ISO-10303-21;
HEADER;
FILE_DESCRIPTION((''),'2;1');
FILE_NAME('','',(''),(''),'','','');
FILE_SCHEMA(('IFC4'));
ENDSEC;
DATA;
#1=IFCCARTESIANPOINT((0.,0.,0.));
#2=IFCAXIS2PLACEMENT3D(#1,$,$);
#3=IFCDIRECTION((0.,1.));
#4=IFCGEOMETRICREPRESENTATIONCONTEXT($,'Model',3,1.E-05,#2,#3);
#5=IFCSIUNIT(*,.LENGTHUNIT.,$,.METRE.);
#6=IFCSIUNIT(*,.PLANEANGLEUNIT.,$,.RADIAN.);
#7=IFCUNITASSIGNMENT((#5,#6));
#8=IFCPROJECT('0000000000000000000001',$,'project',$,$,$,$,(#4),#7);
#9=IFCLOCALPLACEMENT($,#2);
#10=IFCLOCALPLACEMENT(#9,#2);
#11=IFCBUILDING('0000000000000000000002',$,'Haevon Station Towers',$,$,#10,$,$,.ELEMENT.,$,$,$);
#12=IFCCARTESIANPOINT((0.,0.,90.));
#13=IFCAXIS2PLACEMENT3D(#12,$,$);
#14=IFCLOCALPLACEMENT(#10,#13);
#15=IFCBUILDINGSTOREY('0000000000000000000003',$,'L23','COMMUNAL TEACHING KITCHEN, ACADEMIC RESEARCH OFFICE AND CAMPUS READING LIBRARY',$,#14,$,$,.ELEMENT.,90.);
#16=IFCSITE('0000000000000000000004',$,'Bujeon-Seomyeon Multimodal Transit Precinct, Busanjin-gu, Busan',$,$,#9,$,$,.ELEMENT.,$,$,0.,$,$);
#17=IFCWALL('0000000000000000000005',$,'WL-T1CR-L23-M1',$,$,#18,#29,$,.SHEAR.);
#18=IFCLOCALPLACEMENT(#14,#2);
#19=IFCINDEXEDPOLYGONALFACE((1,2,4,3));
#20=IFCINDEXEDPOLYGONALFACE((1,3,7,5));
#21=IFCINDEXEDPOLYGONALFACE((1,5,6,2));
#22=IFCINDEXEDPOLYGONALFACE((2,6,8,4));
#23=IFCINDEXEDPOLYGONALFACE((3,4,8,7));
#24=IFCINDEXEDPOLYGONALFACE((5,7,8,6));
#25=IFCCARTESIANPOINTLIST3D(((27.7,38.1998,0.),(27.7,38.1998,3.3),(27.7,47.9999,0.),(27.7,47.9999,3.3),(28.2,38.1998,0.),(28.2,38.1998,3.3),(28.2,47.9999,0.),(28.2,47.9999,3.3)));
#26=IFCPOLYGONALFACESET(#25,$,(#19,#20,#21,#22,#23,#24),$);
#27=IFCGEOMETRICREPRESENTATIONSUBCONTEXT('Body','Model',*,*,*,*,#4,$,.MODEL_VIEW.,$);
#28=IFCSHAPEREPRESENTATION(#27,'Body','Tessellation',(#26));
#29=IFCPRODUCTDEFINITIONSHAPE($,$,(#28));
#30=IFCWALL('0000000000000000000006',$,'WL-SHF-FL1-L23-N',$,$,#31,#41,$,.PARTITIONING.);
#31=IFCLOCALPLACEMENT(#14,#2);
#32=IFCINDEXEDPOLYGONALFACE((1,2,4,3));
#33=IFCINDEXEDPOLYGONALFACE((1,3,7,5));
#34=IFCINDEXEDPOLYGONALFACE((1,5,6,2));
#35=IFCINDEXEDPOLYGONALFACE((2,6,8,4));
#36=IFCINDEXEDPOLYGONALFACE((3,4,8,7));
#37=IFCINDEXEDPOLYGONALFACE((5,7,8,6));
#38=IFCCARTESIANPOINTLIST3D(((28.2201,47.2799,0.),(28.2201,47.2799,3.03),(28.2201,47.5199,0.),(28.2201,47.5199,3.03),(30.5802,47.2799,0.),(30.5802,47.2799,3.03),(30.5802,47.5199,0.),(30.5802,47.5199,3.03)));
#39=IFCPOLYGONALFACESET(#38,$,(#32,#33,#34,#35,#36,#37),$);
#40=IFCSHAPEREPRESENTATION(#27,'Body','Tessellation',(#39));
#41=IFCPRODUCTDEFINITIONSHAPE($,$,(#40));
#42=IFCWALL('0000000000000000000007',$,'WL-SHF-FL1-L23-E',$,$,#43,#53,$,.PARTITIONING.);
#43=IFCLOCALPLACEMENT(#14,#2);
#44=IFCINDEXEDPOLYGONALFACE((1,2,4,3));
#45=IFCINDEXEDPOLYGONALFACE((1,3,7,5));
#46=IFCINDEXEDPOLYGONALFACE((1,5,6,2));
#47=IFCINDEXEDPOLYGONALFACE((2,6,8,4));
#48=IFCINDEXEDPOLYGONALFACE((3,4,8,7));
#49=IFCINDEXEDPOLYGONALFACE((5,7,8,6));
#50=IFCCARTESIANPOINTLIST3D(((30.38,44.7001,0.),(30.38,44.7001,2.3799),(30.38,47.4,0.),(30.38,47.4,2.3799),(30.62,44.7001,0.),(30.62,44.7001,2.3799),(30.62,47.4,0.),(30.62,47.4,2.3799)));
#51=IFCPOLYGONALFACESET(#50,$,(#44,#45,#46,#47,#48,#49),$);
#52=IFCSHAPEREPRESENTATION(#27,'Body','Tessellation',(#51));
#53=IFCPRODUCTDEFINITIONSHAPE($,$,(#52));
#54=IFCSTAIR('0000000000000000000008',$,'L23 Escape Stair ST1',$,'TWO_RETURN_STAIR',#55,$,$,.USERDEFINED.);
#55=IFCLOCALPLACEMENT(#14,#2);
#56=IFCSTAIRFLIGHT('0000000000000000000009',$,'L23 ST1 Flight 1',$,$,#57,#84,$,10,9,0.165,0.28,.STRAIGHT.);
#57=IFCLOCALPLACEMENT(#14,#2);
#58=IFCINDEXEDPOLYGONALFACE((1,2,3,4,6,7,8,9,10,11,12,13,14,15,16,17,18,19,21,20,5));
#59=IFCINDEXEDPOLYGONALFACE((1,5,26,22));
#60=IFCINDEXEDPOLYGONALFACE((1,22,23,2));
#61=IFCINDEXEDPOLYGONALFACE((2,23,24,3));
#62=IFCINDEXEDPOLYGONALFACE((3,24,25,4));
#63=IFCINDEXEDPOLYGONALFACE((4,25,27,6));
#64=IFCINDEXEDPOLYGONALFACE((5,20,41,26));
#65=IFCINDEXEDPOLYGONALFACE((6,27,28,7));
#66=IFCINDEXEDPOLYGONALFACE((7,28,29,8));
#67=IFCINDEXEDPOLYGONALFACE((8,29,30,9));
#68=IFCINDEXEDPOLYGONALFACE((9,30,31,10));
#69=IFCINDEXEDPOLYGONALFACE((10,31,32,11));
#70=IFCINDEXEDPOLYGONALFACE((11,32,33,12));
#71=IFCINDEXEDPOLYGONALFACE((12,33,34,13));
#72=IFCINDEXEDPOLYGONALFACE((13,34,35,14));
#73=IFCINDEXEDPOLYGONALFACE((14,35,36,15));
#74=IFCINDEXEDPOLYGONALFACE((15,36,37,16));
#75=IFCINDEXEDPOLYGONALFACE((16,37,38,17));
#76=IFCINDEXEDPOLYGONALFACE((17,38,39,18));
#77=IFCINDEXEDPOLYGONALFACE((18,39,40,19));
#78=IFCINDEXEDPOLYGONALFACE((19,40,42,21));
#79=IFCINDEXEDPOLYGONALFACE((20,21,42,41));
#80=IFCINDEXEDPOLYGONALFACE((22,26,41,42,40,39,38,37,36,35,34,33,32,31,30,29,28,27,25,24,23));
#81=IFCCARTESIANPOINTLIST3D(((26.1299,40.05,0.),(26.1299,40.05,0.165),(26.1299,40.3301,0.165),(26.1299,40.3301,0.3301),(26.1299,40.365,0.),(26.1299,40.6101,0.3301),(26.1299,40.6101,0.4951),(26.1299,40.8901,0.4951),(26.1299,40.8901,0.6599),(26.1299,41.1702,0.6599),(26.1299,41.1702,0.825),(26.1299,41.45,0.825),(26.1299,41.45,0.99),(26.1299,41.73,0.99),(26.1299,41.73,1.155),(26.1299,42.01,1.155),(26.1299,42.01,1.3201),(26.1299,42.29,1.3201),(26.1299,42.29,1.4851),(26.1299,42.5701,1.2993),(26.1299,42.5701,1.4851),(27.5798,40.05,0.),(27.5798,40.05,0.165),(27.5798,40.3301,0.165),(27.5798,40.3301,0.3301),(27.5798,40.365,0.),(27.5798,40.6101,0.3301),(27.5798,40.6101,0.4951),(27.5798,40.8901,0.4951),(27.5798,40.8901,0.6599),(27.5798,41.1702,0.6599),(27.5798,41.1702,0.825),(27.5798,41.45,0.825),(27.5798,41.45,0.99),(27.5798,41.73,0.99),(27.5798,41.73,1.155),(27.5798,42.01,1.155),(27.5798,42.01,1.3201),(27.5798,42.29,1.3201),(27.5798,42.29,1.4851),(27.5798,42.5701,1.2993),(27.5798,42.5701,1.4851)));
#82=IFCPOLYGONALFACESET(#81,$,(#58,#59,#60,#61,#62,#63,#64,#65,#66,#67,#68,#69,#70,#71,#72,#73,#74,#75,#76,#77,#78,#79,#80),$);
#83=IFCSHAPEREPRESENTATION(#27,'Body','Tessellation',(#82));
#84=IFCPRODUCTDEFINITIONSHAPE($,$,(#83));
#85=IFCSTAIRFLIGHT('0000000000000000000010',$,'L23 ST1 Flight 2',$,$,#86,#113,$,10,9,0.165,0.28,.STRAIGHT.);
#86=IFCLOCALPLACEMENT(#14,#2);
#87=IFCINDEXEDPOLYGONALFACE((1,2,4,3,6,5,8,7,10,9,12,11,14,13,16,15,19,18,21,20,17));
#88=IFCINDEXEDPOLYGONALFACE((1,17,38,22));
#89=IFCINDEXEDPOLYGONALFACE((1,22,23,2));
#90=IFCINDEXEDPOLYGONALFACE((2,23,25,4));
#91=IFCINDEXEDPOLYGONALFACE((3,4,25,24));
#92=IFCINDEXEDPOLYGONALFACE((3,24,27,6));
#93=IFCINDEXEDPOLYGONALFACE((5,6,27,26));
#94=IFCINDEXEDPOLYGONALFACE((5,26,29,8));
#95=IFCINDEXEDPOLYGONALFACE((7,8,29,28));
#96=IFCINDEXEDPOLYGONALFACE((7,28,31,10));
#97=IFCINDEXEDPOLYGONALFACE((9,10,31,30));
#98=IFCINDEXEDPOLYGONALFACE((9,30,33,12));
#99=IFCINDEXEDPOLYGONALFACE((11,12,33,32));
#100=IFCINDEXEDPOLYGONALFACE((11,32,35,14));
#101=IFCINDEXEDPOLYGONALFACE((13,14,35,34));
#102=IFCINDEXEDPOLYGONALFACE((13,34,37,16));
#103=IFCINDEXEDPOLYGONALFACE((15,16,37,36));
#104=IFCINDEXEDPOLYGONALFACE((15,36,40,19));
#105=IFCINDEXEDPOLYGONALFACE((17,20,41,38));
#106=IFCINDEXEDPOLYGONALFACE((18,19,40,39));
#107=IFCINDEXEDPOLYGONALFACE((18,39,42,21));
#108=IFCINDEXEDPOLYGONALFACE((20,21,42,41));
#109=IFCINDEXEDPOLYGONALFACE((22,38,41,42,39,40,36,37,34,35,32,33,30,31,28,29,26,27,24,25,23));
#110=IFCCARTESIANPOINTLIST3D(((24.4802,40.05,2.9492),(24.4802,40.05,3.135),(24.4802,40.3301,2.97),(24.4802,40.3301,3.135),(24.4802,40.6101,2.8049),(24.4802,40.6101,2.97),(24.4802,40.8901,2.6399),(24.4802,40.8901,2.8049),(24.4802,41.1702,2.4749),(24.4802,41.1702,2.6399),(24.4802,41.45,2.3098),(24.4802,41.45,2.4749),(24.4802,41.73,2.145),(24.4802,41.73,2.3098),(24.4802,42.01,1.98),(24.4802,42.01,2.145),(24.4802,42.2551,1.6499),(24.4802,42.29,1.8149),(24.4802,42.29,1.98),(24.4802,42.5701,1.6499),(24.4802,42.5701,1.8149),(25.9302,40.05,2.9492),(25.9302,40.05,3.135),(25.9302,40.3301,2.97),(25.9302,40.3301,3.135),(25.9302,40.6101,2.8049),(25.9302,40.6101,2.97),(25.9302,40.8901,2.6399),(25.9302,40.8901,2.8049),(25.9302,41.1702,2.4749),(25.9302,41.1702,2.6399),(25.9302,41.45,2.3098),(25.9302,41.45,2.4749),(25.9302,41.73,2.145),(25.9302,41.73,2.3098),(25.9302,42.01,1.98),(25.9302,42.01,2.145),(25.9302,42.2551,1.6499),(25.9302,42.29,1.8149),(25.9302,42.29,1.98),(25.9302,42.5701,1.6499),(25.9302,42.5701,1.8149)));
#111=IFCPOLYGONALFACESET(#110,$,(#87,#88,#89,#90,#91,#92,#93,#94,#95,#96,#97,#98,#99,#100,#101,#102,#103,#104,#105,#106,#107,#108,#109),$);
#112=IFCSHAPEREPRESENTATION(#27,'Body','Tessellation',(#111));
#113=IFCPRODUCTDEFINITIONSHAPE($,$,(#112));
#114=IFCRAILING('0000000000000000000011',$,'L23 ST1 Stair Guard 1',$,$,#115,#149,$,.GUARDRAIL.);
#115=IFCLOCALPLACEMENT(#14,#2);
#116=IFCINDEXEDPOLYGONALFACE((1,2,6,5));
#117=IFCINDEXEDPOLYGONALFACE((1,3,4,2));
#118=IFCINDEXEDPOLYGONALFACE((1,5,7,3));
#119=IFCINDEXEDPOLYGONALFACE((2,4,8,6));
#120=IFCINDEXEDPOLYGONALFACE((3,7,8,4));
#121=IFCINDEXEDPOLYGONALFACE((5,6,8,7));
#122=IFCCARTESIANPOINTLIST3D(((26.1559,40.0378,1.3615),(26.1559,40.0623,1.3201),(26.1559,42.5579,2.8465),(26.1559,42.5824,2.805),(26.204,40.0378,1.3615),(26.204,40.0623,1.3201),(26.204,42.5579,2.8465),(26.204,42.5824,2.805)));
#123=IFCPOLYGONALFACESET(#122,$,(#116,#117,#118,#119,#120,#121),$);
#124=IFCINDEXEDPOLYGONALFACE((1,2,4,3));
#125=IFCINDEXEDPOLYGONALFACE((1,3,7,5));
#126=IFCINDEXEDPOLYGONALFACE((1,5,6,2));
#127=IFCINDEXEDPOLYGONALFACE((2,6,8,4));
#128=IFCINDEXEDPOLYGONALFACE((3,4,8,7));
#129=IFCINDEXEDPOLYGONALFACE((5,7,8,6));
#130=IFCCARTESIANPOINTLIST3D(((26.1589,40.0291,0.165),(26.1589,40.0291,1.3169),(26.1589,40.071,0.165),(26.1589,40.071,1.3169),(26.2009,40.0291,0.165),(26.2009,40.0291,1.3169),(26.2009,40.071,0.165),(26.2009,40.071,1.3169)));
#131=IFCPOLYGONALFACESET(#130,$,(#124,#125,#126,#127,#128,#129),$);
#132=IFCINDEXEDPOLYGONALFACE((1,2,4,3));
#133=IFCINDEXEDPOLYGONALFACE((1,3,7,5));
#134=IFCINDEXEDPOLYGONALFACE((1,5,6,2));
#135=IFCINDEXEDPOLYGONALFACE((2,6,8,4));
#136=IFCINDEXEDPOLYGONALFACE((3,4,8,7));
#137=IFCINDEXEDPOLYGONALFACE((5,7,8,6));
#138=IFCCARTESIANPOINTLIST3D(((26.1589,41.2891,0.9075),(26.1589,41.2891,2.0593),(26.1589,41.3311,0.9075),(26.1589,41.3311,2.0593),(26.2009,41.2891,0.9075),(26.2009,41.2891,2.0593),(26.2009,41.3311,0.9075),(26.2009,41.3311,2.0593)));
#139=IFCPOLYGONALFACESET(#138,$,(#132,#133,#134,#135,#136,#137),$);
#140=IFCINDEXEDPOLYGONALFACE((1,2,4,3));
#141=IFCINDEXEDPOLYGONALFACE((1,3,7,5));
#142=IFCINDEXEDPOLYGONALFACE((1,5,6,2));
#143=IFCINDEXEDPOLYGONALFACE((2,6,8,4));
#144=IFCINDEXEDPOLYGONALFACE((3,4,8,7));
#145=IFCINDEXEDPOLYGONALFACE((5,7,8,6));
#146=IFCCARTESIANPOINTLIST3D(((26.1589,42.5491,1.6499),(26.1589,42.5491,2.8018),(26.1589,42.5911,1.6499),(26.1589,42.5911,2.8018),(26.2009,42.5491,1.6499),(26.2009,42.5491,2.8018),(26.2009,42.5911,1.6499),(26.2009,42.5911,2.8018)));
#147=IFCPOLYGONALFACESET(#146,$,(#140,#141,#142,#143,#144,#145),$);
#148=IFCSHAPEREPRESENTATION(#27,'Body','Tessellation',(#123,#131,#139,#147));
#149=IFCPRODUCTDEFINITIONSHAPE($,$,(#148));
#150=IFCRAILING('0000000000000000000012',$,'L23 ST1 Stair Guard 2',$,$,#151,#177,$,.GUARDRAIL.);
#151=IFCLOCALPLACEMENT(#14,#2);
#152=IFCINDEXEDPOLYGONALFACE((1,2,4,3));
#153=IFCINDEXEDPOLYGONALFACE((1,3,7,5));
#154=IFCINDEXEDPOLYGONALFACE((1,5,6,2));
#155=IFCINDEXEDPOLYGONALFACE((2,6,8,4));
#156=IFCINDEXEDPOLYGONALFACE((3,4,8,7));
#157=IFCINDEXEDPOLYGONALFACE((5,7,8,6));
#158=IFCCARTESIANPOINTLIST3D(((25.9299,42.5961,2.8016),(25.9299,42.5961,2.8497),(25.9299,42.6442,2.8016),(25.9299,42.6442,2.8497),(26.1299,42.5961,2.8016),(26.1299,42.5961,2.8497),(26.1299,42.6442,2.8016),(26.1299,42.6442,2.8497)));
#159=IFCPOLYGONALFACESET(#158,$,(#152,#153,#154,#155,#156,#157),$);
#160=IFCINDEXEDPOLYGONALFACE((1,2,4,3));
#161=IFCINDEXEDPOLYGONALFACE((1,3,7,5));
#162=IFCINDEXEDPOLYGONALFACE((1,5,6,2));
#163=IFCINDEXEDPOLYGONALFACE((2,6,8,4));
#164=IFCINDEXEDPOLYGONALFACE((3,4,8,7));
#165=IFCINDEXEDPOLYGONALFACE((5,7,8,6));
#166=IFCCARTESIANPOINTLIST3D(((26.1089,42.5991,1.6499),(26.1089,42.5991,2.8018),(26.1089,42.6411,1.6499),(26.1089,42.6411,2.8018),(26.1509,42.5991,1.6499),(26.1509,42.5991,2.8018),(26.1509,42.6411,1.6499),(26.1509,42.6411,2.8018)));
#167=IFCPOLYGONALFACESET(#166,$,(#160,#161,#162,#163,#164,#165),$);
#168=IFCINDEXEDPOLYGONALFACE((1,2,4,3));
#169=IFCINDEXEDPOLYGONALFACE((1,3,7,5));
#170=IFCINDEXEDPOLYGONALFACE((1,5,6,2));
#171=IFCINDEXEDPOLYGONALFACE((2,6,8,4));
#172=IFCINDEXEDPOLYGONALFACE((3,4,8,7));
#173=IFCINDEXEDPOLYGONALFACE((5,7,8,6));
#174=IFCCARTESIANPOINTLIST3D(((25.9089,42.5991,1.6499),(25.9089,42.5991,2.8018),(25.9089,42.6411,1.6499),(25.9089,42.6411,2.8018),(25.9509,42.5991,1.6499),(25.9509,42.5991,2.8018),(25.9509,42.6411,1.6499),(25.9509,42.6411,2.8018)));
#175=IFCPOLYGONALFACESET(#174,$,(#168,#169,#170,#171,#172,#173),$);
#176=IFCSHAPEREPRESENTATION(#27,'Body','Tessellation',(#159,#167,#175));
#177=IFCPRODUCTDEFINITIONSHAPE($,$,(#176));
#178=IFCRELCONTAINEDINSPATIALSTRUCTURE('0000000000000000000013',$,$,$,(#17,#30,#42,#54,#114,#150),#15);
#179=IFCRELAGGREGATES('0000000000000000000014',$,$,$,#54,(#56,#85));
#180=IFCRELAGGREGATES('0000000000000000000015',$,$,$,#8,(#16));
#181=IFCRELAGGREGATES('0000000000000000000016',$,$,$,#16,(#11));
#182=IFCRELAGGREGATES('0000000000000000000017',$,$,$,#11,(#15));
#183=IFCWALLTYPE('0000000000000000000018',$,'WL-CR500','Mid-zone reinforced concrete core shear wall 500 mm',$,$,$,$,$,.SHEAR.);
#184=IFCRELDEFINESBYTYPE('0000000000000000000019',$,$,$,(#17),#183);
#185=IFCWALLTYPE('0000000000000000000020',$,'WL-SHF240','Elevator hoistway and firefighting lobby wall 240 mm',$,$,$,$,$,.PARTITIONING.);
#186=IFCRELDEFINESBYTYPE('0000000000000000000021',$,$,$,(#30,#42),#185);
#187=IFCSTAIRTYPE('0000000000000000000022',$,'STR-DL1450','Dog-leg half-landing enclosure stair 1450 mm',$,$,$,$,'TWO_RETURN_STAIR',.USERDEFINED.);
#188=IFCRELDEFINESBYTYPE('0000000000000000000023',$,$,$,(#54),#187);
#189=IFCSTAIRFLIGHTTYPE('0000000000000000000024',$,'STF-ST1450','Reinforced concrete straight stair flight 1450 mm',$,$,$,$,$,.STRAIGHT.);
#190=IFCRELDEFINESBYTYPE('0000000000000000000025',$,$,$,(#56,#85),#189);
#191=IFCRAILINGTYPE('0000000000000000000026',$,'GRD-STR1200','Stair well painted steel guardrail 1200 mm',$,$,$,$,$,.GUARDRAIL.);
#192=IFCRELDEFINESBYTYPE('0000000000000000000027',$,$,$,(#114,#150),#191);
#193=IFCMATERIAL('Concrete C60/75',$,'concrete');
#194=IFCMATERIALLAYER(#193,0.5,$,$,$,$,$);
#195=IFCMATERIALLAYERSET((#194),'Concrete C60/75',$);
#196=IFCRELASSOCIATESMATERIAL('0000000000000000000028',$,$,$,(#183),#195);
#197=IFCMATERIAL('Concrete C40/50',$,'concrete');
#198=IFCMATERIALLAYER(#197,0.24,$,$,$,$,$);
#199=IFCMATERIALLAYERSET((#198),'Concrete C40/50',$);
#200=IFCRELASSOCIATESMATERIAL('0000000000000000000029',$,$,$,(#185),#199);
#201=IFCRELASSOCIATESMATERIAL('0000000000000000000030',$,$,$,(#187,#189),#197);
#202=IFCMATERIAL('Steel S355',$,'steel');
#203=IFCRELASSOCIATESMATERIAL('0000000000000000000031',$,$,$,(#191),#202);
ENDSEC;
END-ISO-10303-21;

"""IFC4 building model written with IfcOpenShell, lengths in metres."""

from ifc_helpers import new_model, si_unit, direction, frame, frame_2d, origin, origin_2d, place, context, subcontext, project, spatial, polyline, rectangle, outline, extrude, material, layer, layer_set, type_object, element, aggregate, save


model = new_model("IFC4")

# Units and contexts
model_context = context("Model", 3, precision=1e-05, world=origin(), true_north=direction((0.0, 1.0)))
body_context = subcontext(model_context, "Body", "Model", "MODEL_VIEW")
ifc_project = project(units=[si_unit("LENGTHUNIT", "METRE"), si_unit("PLANEANGLEUNIT", "RADIAN")], contexts=[model_context])

# Site, building, storey
site_placement = place(None, origin())
site = spatial("IfcSite", under=ifc_project, at=site_placement, Name="Bujeon-Seomyeon Multimodal Transit Precinct, Busanjin-gu, Busan", CompositionType="ELEMENT", RefElevation=0.0)
building_placement = place(site_placement, origin())
building = spatial("IfcBuilding", under=site, at=building_placement, Name="Haevon Station Towers", CompositionType="ELEMENT")
storey_placement = place(building_placement, frame((0.0, 0.0, 90.0)))
storey = spatial("IfcBuildingStorey", under=building, at=storey_placement, Name="L23", Description="COMMUNAL TEACHING KITCHEN, ACADEMIC RESEARCH OFFICE AND CAMPUS READING LIBRARY", CompositionType="ELEMENT", Elevation=90.0)

# Shared definitions
ifc_material_1 = material(Name="Steel S355", Category="steel")

# Wall
ifc_material_2 = material(Name="Concrete C60/75", Category="concrete")
ifc_layer_1 = layer(ifc_material_2, 0.5)
ifc_layer_set_1 = layer_set([ifc_layer_1], Name="Concrete C60/75")
wall_type_1 = type_object("IfcWallType", Name="WL-CR500", Description="Mid-zone reinforced concrete core shear wall 500 mm", PredefinedType="SHEAR", material=ifc_layer_set_1)
wall_1_placement = place(storey_placement, frame((27.95, 38.2, 0.0), z_axis=(0.0, 0.0, 1.0), x_axis=(0.0, 1.0, 0.0)))
element("IfcWall", 1, at=wall_1_placement, inside=storey, type_object=wall_type_1, Name="WL-T1CR-L23-M1", PredefinedType="SHEAR", context=body_context, shape_type="SweptSolid", body=[
    extrude(rectangle(XDim=9.8, YDim=0.5, at=frame_2d((4.8999, 0.0))), origin(), (0.0, 0.0, 1.0), 3.3),
])

# Shared definitions
ifc_material_3 = material(Name="Concrete C40/50", Category="concrete")
ifc_layer_2 = layer(ifc_material_3, 0.24)
ifc_layer_set_2 = layer_set([ifc_layer_2], Name="Concrete C40/50")
wall_type_2 = type_object("IfcWallType", Name="WL-SHF240", Description="Elevator hoistway and firefighting lobby wall 240 mm", PredefinedType="PARTITIONING", material=ifc_layer_set_2)

# Walls
wall_2_placement = place(storey_placement, frame((28.22, 47.3999, 0.0), z_axis=(0.0, 0.0, 1.0), x_axis=(1.0, 0.0, 0.0)))
element("IfcWall", 2, at=wall_2_placement, inside=storey, type_object=wall_type_2, Name="WL-SHF-FL1-L23-N", PredefinedType="PARTITIONING", context=body_context, shape_type="SweptSolid", body=[
    extrude(rectangle(XDim=2.3601, YDim=0.24, at=frame_2d((1.1802, 0.0))), origin(), (0.0, 0.0, 1.0), 3.03),
])
wall_3_placement = place(storey_placement, frame((30.5, 44.7, 0.0), z_axis=(0.0, 0.0, 1.0), x_axis=(0.0, 1.0, 0.0)))
element("IfcWall", 3, at=wall_3_placement, inside=storey, type_object=wall_type_2, Name="WL-SHF-FL1-L23-E", PredefinedType="PARTITIONING", context=body_context, shape_type="SweptSolid", body=[
    extrude(rectangle(XDim=2.7, YDim=0.24, at=frame_2d((1.3501, 0.0))), origin(), (0.0, 0.0, 1.0), 2.3799),
])

# Stair, stair flights
stair_type = type_object("IfcStairType", Name="STR-DL1450", Description="Dog-leg half-landing enclosure stair 1450 mm", ElementType="TWO_RETURN_STAIR", PredefinedType="USERDEFINED", material=ifc_material_3)
stair_placement = place(storey_placement, origin())
stair = element("IfcStair", 4, at=stair_placement, inside=storey, type_object=stair_type, Name="L23 Escape Stair ST1", ObjectType="TWO_RETURN_STAIR", PredefinedType="USERDEFINED")
stair_flight_type = type_object("IfcStairFlightType", Name="STF-ST1450", Description="Reinforced concrete straight stair flight 1450 mm", PredefinedType="STRAIGHT", material=ifc_material_3)
stair_flight_1_placement = place(storey_placement, frame((26.855, 40.05, 0.0), z_axis=(0.0, 0.0, 1.0), x_axis=(0.0, 1.0, 0.0)))
stair_flight_1 = element("IfcStairFlight", 5, at=stair_flight_1_placement, type_object=stair_flight_type, Name="L23 ST1 Flight 1", NumberOfRisers=10, NumberOfTreads=9, PredefinedType="STRAIGHT", RiserHeight=0.165, TreadLength=0.28, context=body_context, shape_type="SweptSolid", body=[
    extrude(outline(polyline([(0.0, 0.0), (0.0, 0.165), (0.28, 0.165), (0.28, 0.3301), (0.5601, 0.3301), (0.5601, 0.4951), (0.8401, 0.4951), (0.8401, 0.6599), (1.1201, 0.6599), (1.1201, 0.825), (1.3999, 0.825), (1.3999, 0.99), (1.6799, 0.99), (1.6799, 1.155), (1.96, 1.155), (1.96, 1.3201), (2.24, 1.3201), (2.24, 1.4851), (2.52, 1.4851), (2.52, 1.6499), (2.52, 1.2993), (0.3149, 0.0), (0.0, 0.0)])), frame((0.0, 0.7251, 0.0), z_axis=(0.0, -1.0, 0.0), x_axis=(1.0, 0.0, 0.0)), (0.0, 0.0, 1.0), 1.45),
])
stair_flight_2_placement = place(storey_placement, frame((25.2051, 42.5701, 1.6499), z_axis=(0.0, 0.0, 1.0), x_axis=(0.0, -1.0, 0.0)))
stair_flight_2 = element("IfcStairFlight", 6, at=stair_flight_2_placement, type_object=stair_flight_type, Name="L23 ST1 Flight 2", NumberOfRisers=10, NumberOfTreads=9, PredefinedType="STRAIGHT", RiserHeight=0.165, TreadLength=0.28, context=body_context, shape_type="SweptSolid", body=[
    extrude(outline(polyline([(0.0, 0.0), (0.0, 0.165), (0.28, 0.165), (0.28, 0.3301), (0.5601, 0.3301), (0.5601, 0.4951), (0.8401, 0.4951), (0.8401, 0.6599), (1.1201, 0.6599), (1.1201, 0.825), (1.3999, 0.825), (1.3999, 0.99), (1.6799, 0.99), (1.6799, 1.155), (1.96, 1.155), (1.96, 1.3201), (2.24, 1.3201), (2.24, 1.4851), (2.52, 1.4851), (2.52, 1.6499), (2.52, 1.2993), (0.3149, 0.0), (0.0, 0.0)])), frame((0.0, 0.7251, 0.0), z_axis=(0.0, -1.0, 0.0), x_axis=(1.0, 0.0, 0.0)), (0.0, 0.0, 1.0), 1.45),
])
aggregate(stair, [stair_flight_1, stair_flight_2])

# Railings
railing_type_1 = type_object("IfcRailingType", Name="GRD-STR1200", Description="Stair well painted steel guardrail 1200 mm", PredefinedType="GUARDRAIL", material=ifc_material_1)
railing_1_placement = place(storey_placement, frame((26.1799, 40.05, 0.165)))
element("IfcRailing", 7, at=railing_1_placement, inside=storey, type_object=railing_type_1, Name="L23 ST1 Stair Guard 1", PredefinedType="GUARDRAIL", context=body_context, shape_type="SweptSolid", body=[
    extrude(rectangle(XDim=0.0481, YDim=0.0481, at=origin_2d()), frame((0.0, 0.0, 1.1758), z_axis=(0.0, 0.861561, 0.507655), x_axis=(-1.0, 0.0, 0.0)), (0.0, 0.0, 1.0), 2.925),
    extrude(rectangle(XDim=0.042, YDim=0.042, at=origin_2d()), origin(), (0.0, 0.0, 1.0), 1.1519),
    extrude(rectangle(XDim=0.042, YDim=0.042, at=origin_2d()), frame((0.0, 1.26, 0.7424)), (0.0, 0.0, 1.0), 1.1519),
    extrude(rectangle(XDim=0.042, YDim=0.042, at=origin_2d()), frame((0.0, 2.52, 1.4849)), (0.0, 0.0, 1.0), 1.1519),
])
railing_2_placement = place(storey_placement, frame((26.1299, 42.6201, 1.6499)))
element("IfcRailing", 8, at=railing_2_placement, inside=storey, type_object=railing_type_1, Name="L23 ST1 Stair Guard 2", PredefinedType="GUARDRAIL", context=body_context, shape_type="SweptSolid", body=[
    extrude(rectangle(XDim=0.0481, YDim=0.0481, at=origin_2d()), frame((0.0, 0.0, 1.1758), z_axis=(-1.0, 0.0, 0.0), x_axis=(0.0, -1.0, 0.0)), (0.0, 0.0, 1.0), 0.2),
    extrude(rectangle(XDim=0.042, YDim=0.042, at=origin_2d()), origin(), (0.0, 0.0, 1.0), 1.1519),
    extrude(rectangle(XDim=0.042, YDim=0.042, at=origin_2d()), frame((-0.2, 0.0, 0.0)), (0.0, 0.0, 1.0), 1.1519),
])

save(model, "model.ifc")
